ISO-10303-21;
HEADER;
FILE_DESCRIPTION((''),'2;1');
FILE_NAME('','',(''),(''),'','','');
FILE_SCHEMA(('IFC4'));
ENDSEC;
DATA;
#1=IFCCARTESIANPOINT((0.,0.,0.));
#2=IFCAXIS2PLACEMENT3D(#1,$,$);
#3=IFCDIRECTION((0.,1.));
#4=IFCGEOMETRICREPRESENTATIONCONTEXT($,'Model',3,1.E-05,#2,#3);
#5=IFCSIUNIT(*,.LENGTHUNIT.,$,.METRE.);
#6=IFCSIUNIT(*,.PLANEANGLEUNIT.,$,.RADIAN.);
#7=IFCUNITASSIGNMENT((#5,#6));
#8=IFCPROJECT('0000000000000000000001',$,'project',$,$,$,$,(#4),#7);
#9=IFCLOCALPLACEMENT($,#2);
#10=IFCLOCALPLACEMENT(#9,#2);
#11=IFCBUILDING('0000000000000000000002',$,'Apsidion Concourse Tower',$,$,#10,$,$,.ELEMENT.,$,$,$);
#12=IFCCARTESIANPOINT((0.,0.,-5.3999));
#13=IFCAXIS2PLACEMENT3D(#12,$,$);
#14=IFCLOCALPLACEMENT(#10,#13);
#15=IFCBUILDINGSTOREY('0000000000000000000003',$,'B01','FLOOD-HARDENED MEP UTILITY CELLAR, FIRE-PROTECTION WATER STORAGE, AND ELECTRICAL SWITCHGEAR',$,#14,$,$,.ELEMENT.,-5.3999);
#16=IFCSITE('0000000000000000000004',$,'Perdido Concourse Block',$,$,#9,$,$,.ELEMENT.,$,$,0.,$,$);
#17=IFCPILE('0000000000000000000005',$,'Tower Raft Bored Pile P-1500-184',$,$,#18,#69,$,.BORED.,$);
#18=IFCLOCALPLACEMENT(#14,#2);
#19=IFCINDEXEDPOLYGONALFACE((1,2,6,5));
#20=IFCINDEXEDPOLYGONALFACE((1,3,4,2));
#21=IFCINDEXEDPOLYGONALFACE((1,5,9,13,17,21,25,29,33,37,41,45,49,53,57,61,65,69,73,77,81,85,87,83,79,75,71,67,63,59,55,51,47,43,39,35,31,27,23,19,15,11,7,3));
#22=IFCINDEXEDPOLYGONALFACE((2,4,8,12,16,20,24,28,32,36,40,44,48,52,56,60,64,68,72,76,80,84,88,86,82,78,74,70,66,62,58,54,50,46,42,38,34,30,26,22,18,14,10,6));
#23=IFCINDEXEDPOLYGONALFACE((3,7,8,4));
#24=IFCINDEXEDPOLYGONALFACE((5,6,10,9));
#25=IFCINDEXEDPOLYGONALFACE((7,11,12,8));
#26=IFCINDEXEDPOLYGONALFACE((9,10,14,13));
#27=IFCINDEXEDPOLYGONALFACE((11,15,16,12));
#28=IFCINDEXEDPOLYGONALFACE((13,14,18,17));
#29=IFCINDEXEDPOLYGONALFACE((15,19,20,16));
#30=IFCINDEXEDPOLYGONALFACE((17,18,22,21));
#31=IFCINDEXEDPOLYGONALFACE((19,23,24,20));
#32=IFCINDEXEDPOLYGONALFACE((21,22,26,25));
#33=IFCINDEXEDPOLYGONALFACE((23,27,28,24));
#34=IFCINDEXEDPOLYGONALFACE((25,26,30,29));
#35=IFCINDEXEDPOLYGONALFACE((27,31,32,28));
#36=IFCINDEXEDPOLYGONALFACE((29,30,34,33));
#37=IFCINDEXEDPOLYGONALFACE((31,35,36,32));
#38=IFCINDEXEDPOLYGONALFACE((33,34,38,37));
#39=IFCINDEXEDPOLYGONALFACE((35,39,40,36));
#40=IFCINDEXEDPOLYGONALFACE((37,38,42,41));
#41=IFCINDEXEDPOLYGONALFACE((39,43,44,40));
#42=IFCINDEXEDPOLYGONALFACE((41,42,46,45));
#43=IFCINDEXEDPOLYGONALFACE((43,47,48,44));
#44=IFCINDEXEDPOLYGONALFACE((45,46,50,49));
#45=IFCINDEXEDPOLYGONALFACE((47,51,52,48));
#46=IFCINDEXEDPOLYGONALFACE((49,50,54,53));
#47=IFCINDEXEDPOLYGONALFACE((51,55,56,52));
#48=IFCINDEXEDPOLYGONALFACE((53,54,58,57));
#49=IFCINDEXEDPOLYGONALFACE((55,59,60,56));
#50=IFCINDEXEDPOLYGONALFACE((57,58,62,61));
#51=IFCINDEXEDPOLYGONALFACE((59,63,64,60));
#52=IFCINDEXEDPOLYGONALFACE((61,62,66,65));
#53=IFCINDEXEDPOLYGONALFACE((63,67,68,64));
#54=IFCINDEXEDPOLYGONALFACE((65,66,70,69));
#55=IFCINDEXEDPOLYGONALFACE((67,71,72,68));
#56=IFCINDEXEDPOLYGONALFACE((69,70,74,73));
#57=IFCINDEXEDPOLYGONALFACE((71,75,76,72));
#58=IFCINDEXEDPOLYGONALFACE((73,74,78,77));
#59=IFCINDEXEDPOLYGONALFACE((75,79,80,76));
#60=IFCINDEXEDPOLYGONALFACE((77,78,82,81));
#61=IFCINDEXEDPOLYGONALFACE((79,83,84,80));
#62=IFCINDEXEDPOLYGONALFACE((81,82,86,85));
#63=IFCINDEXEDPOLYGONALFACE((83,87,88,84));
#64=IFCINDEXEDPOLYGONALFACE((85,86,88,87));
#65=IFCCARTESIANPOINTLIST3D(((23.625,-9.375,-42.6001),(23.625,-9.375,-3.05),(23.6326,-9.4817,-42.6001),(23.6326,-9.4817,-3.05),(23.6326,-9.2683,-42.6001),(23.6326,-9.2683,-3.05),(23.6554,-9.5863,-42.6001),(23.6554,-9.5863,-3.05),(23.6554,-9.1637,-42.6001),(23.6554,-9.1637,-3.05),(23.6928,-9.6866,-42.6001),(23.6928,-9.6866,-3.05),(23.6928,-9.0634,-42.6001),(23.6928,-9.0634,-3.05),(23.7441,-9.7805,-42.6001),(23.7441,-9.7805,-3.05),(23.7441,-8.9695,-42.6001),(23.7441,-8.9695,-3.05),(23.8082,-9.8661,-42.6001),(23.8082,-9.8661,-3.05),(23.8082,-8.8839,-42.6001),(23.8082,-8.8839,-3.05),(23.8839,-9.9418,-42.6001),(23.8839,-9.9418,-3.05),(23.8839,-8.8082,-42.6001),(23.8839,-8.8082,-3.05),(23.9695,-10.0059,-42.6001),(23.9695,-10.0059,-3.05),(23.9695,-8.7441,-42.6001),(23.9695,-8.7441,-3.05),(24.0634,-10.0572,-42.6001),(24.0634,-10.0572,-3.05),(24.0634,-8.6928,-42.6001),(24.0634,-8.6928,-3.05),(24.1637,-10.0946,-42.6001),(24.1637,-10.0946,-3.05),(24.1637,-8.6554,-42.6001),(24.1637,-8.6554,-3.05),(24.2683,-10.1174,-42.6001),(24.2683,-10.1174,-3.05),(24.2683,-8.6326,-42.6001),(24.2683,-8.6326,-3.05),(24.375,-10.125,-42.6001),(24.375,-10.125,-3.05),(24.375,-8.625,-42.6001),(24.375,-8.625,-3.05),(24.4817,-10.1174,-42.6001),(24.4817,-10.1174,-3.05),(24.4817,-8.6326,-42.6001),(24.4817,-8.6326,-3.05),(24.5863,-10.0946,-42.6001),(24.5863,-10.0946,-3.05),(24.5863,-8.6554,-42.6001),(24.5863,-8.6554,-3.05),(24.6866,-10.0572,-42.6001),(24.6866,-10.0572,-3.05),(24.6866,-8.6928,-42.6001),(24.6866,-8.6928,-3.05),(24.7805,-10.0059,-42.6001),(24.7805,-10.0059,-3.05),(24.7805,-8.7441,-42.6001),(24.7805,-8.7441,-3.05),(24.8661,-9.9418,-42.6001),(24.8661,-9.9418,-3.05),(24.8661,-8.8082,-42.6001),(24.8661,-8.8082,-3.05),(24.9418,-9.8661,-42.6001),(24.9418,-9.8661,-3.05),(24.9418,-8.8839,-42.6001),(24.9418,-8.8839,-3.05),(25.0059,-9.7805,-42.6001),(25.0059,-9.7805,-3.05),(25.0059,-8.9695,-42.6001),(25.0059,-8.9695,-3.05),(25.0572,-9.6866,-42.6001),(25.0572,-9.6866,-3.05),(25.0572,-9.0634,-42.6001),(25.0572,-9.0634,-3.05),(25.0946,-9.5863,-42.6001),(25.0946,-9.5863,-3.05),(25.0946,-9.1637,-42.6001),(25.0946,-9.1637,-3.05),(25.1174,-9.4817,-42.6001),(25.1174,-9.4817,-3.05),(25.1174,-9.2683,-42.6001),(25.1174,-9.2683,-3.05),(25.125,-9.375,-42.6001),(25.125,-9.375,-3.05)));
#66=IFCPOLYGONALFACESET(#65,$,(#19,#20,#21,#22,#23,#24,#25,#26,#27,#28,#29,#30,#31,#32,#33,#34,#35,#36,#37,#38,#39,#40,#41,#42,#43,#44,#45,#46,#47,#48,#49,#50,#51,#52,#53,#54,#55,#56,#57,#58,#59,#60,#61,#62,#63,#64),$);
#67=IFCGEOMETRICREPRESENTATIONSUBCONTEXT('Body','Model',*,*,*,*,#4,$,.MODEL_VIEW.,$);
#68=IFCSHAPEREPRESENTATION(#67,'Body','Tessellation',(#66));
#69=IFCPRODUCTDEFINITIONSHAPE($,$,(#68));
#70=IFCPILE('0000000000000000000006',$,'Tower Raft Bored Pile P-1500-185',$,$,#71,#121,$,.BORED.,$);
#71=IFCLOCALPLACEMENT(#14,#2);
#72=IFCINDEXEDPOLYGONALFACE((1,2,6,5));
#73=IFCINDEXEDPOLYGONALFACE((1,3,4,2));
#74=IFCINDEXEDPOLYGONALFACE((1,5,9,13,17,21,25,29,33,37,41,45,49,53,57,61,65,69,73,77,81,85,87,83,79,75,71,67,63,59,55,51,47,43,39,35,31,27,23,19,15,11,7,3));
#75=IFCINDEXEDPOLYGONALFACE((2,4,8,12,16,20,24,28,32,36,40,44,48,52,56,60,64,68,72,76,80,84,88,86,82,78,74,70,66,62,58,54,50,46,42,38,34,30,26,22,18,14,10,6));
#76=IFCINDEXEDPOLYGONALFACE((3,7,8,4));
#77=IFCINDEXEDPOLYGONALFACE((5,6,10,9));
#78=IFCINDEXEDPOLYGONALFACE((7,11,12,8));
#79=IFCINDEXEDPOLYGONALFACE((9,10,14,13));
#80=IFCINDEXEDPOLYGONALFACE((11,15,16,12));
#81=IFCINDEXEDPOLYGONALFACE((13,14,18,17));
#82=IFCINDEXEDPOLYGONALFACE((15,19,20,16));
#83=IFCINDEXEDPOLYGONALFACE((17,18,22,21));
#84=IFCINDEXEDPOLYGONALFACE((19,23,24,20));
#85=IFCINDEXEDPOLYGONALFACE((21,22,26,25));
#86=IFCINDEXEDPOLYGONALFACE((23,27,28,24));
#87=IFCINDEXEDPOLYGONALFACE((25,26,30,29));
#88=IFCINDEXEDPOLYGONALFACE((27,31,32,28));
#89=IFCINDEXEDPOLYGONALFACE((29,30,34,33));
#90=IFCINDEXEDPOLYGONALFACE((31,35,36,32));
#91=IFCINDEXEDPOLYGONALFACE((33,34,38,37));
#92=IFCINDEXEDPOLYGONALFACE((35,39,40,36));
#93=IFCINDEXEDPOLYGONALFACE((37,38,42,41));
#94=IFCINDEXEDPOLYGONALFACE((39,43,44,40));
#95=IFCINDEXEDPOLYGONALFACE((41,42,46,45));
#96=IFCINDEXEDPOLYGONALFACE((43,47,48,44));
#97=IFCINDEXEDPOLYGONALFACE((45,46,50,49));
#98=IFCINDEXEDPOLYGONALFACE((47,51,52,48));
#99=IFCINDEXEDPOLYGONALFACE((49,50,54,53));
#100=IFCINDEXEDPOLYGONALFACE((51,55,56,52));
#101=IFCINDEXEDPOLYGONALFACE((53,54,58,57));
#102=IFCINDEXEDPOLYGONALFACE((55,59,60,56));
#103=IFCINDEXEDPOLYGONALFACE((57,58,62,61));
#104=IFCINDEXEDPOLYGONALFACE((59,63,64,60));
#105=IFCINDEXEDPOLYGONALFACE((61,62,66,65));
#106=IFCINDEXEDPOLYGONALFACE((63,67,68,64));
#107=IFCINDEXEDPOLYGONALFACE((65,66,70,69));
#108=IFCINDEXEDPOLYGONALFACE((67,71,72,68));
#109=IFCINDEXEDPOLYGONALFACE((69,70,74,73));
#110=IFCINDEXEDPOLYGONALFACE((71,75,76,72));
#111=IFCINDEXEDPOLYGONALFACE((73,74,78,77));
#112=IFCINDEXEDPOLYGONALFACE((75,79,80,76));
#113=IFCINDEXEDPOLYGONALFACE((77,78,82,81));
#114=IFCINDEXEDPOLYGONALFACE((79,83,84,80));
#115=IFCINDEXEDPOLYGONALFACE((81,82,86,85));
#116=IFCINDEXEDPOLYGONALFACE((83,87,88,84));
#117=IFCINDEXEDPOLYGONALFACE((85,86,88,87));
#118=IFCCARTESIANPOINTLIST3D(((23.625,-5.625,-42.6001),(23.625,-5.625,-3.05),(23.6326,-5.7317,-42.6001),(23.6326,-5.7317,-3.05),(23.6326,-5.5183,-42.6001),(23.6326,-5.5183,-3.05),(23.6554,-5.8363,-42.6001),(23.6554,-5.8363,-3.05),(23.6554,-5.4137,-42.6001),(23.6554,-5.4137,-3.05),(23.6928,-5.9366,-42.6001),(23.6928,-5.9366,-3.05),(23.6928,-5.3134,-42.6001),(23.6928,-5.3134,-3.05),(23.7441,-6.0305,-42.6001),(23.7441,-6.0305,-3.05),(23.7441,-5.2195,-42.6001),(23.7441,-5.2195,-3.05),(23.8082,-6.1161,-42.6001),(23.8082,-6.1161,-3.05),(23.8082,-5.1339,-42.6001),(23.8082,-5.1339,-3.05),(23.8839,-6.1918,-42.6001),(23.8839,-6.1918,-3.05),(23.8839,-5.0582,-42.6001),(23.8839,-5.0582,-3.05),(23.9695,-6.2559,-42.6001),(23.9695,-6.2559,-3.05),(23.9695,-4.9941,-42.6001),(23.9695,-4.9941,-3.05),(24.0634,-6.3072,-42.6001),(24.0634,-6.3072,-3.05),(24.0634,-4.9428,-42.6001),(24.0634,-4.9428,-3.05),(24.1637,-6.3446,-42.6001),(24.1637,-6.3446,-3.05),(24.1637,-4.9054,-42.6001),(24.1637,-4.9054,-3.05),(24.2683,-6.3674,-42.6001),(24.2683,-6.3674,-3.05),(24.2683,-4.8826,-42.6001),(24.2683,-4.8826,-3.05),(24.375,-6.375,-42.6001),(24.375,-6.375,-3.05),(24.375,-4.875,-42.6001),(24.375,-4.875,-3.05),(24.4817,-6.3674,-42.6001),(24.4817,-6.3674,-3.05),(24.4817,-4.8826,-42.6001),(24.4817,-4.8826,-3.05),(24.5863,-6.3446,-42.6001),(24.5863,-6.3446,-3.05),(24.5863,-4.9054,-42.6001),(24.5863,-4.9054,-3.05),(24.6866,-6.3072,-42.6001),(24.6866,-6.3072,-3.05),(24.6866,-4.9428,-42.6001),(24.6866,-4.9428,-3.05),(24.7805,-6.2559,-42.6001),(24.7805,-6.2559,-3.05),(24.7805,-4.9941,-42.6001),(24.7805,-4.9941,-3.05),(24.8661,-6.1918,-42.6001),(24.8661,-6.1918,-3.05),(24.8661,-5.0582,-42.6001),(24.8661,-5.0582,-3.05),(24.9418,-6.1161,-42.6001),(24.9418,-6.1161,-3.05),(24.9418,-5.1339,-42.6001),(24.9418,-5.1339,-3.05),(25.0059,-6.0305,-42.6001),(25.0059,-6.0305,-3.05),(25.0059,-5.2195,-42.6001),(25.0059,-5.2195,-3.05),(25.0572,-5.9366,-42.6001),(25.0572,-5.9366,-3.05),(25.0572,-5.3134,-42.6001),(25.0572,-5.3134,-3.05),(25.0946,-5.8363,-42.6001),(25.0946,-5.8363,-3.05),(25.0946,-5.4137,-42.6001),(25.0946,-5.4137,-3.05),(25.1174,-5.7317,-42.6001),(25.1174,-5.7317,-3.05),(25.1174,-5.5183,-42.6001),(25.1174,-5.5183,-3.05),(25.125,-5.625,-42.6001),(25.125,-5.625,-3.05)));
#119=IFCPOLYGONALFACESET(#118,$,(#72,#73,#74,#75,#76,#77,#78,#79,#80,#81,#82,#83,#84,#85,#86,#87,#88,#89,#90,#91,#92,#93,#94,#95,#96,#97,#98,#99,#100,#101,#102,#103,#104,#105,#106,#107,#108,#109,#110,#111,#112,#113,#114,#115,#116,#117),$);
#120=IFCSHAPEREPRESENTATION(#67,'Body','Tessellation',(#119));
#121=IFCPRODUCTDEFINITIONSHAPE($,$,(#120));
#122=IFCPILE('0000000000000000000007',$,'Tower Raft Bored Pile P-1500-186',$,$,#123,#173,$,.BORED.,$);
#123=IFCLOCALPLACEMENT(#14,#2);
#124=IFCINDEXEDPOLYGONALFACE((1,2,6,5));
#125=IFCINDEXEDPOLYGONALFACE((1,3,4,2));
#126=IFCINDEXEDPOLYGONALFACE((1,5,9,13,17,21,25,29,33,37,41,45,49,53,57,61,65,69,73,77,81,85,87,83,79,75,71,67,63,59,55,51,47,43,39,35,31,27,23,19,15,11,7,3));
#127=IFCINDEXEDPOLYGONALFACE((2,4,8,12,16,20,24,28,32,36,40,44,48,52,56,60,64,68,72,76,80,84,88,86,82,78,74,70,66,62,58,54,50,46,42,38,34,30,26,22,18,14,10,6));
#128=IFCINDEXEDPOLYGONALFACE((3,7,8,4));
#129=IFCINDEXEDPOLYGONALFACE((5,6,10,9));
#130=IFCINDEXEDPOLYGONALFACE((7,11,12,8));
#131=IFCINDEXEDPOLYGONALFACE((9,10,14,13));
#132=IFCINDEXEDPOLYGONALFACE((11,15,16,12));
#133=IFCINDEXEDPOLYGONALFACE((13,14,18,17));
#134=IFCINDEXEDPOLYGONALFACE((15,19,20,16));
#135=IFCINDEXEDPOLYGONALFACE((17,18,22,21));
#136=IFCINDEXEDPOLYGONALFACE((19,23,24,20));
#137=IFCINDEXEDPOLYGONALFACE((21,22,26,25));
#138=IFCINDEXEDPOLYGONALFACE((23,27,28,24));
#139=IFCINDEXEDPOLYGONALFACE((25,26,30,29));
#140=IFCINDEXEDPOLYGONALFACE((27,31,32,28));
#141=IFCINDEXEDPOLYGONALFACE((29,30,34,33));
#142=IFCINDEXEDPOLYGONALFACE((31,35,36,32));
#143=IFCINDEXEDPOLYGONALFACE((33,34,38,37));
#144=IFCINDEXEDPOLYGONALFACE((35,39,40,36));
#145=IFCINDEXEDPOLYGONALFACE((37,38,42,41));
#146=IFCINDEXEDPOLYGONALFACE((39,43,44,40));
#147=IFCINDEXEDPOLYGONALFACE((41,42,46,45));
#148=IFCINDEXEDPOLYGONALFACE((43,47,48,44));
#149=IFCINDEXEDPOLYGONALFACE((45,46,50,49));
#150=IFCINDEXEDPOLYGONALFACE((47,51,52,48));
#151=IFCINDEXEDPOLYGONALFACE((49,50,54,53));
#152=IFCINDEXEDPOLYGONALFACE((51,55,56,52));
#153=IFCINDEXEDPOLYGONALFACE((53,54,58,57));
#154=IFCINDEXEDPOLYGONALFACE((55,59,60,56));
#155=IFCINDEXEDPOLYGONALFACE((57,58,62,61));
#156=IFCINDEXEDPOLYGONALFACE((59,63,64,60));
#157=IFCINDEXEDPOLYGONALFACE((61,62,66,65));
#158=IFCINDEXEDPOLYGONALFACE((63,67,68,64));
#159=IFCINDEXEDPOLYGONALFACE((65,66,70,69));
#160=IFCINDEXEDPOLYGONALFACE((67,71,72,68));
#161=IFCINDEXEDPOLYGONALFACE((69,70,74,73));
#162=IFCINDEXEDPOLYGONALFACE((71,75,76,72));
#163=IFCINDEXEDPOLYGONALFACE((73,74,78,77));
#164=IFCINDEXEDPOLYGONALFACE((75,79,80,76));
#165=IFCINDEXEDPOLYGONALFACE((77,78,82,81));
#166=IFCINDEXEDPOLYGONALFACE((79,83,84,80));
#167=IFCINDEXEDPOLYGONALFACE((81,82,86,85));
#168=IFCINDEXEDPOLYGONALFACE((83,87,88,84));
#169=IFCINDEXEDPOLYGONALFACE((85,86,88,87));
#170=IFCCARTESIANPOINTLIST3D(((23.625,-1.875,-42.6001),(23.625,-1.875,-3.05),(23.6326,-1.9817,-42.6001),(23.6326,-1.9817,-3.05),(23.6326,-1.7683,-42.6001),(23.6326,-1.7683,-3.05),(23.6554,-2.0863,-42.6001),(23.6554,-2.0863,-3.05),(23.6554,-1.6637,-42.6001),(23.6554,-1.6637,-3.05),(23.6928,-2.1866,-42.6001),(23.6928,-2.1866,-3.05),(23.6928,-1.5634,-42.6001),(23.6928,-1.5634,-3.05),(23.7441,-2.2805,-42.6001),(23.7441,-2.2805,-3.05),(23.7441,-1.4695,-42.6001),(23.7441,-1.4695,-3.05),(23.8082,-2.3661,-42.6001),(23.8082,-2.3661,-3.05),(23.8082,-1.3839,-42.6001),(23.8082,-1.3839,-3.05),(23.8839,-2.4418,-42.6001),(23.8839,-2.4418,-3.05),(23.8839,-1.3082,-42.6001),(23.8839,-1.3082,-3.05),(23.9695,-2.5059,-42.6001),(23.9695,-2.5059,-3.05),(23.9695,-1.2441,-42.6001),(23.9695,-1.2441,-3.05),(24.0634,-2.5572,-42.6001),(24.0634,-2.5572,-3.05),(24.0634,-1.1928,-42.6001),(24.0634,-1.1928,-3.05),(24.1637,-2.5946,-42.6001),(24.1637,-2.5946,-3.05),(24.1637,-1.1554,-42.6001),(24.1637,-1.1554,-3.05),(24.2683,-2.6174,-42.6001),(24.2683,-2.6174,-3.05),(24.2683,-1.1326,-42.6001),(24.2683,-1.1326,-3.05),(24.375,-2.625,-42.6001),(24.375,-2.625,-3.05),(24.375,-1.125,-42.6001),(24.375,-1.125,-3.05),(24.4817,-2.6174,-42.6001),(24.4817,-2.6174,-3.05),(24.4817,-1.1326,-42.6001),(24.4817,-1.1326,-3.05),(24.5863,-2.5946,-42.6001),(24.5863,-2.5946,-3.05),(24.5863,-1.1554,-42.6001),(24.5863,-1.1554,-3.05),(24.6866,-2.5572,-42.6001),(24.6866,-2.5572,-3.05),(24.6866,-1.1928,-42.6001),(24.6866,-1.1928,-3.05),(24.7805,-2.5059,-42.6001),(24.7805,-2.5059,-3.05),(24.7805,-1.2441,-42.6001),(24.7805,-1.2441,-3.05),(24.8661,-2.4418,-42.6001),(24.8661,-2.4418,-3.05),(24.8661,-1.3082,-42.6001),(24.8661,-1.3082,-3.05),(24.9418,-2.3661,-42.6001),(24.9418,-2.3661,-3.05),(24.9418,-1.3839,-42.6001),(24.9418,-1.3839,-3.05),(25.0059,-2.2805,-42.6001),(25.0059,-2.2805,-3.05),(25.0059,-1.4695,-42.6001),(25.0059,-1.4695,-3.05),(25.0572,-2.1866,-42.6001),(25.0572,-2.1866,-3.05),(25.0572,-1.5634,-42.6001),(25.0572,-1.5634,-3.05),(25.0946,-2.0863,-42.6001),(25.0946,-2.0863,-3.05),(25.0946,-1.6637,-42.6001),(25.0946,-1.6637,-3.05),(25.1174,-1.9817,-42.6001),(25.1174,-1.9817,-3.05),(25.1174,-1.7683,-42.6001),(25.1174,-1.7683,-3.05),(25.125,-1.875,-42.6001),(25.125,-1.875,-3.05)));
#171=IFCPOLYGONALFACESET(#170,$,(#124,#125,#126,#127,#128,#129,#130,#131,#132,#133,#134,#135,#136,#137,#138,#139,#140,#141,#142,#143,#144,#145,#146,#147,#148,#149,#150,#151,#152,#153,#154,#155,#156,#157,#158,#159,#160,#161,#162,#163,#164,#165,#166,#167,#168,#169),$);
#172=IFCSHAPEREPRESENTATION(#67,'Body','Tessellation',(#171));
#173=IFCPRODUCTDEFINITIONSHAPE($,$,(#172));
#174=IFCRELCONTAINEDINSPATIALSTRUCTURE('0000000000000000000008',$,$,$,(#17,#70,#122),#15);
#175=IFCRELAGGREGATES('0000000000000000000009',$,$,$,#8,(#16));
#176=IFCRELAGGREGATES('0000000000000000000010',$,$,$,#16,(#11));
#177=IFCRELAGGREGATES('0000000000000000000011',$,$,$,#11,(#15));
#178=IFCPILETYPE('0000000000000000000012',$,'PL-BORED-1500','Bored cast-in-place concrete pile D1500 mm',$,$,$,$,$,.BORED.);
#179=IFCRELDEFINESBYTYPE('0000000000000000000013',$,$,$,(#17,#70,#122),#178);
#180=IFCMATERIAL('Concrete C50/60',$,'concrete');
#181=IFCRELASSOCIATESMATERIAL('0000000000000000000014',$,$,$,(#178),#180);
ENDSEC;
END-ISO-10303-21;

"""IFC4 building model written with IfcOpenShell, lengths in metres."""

from ifc_helpers import new_model, si_unit, direction, frame, origin, origin_2d, place, context, subcontext, project, spatial, circle, extrude, material, material_profile, profile_set, type_object, element, save


model = new_model("IFC4")

# Units and contexts
model_context = context("Model", 3, precision=1e-05, world=origin(), true_north=direction((0.0, 1.0)))
body_context = subcontext(model_context, "Body", "Model", "MODEL_VIEW")
ifc_project = project(units=[si_unit("LENGTHUNIT", "METRE"), si_unit("PLANEANGLEUNIT", "RADIAN")], contexts=[model_context])

# Site, building, storey
site_placement = place(None, origin())
site = spatial("IfcSite", under=ifc_project, at=site_placement, Name="Perdido Concourse Block", CompositionType="ELEMENT", RefElevation=0.0)
building_placement = place(site_placement, origin())
building = spatial("IfcBuilding", under=site, at=building_placement, Name="Apsidion Concourse Tower", CompositionType="ELEMENT")
storey_placement = place(building_placement, frame((0.0, 0.0, -5.3999)))
storey = spatial("IfcBuildingStorey", under=building, at=storey_placement, Name="B01", Description="FLOOD-HARDENED MEP UTILITY CELLAR, FIRE-PROTECTION WATER STORAGE, AND ELECTRICAL SWITCHGEAR", CompositionType="ELEMENT", Elevation=-5.3999)

# Shared definitions
ifc_material_1 = material(Name="Concrete C50/60", Category="concrete")

# Piles
ifc_material_profile_1 = material_profile(ifc_material_1, circle(Radius=0.75, at=origin_2d()), Name="BORED PILE D1500")
ifc_profile_set_1 = profile_set([ifc_material_profile_1], Name="Concrete C50/60")
pile_type_1 = type_object("IfcPileType", Name="PL-BORED-1500", Description="Bored cast-in-place concrete pile D1500 mm", PredefinedType="BORED", material=ifc_profile_set_1)
for number, where, z_axis, x_axis, name in (
    (1, (24.375, -9.375, -3.05), (0.0, 0.0, -1.0), (1.0, 0.0, 0.0), "Tower Raft Bored Pile P-1500-184"),
    (2, (24.375, -5.625, -3.05), (0.0, 0.0, -1.0), (1.0, 0.0, 0.0), "Tower Raft Bored Pile P-1500-185"),
    (3, (24.375, -1.875, -3.05), (0.0, 0.0, -1.0), (1.0, 0.0, 0.0), "Tower Raft Bored Pile P-1500-186"),
):
    element("IfcPile", number, at=place(storey_placement, frame(where, z_axis=z_axis, x_axis=x_axis)), inside=storey, type_object=pile_type_1, Name=name, PredefinedType="BORED", context=body_context, shape_type="SweptSolid", body=[
        extrude(circle(Radius=0.75, at=origin_2d()), origin(), (0.0, 0.0, 1.0), 39.55),
    ])

save(model, "model.ifc")
